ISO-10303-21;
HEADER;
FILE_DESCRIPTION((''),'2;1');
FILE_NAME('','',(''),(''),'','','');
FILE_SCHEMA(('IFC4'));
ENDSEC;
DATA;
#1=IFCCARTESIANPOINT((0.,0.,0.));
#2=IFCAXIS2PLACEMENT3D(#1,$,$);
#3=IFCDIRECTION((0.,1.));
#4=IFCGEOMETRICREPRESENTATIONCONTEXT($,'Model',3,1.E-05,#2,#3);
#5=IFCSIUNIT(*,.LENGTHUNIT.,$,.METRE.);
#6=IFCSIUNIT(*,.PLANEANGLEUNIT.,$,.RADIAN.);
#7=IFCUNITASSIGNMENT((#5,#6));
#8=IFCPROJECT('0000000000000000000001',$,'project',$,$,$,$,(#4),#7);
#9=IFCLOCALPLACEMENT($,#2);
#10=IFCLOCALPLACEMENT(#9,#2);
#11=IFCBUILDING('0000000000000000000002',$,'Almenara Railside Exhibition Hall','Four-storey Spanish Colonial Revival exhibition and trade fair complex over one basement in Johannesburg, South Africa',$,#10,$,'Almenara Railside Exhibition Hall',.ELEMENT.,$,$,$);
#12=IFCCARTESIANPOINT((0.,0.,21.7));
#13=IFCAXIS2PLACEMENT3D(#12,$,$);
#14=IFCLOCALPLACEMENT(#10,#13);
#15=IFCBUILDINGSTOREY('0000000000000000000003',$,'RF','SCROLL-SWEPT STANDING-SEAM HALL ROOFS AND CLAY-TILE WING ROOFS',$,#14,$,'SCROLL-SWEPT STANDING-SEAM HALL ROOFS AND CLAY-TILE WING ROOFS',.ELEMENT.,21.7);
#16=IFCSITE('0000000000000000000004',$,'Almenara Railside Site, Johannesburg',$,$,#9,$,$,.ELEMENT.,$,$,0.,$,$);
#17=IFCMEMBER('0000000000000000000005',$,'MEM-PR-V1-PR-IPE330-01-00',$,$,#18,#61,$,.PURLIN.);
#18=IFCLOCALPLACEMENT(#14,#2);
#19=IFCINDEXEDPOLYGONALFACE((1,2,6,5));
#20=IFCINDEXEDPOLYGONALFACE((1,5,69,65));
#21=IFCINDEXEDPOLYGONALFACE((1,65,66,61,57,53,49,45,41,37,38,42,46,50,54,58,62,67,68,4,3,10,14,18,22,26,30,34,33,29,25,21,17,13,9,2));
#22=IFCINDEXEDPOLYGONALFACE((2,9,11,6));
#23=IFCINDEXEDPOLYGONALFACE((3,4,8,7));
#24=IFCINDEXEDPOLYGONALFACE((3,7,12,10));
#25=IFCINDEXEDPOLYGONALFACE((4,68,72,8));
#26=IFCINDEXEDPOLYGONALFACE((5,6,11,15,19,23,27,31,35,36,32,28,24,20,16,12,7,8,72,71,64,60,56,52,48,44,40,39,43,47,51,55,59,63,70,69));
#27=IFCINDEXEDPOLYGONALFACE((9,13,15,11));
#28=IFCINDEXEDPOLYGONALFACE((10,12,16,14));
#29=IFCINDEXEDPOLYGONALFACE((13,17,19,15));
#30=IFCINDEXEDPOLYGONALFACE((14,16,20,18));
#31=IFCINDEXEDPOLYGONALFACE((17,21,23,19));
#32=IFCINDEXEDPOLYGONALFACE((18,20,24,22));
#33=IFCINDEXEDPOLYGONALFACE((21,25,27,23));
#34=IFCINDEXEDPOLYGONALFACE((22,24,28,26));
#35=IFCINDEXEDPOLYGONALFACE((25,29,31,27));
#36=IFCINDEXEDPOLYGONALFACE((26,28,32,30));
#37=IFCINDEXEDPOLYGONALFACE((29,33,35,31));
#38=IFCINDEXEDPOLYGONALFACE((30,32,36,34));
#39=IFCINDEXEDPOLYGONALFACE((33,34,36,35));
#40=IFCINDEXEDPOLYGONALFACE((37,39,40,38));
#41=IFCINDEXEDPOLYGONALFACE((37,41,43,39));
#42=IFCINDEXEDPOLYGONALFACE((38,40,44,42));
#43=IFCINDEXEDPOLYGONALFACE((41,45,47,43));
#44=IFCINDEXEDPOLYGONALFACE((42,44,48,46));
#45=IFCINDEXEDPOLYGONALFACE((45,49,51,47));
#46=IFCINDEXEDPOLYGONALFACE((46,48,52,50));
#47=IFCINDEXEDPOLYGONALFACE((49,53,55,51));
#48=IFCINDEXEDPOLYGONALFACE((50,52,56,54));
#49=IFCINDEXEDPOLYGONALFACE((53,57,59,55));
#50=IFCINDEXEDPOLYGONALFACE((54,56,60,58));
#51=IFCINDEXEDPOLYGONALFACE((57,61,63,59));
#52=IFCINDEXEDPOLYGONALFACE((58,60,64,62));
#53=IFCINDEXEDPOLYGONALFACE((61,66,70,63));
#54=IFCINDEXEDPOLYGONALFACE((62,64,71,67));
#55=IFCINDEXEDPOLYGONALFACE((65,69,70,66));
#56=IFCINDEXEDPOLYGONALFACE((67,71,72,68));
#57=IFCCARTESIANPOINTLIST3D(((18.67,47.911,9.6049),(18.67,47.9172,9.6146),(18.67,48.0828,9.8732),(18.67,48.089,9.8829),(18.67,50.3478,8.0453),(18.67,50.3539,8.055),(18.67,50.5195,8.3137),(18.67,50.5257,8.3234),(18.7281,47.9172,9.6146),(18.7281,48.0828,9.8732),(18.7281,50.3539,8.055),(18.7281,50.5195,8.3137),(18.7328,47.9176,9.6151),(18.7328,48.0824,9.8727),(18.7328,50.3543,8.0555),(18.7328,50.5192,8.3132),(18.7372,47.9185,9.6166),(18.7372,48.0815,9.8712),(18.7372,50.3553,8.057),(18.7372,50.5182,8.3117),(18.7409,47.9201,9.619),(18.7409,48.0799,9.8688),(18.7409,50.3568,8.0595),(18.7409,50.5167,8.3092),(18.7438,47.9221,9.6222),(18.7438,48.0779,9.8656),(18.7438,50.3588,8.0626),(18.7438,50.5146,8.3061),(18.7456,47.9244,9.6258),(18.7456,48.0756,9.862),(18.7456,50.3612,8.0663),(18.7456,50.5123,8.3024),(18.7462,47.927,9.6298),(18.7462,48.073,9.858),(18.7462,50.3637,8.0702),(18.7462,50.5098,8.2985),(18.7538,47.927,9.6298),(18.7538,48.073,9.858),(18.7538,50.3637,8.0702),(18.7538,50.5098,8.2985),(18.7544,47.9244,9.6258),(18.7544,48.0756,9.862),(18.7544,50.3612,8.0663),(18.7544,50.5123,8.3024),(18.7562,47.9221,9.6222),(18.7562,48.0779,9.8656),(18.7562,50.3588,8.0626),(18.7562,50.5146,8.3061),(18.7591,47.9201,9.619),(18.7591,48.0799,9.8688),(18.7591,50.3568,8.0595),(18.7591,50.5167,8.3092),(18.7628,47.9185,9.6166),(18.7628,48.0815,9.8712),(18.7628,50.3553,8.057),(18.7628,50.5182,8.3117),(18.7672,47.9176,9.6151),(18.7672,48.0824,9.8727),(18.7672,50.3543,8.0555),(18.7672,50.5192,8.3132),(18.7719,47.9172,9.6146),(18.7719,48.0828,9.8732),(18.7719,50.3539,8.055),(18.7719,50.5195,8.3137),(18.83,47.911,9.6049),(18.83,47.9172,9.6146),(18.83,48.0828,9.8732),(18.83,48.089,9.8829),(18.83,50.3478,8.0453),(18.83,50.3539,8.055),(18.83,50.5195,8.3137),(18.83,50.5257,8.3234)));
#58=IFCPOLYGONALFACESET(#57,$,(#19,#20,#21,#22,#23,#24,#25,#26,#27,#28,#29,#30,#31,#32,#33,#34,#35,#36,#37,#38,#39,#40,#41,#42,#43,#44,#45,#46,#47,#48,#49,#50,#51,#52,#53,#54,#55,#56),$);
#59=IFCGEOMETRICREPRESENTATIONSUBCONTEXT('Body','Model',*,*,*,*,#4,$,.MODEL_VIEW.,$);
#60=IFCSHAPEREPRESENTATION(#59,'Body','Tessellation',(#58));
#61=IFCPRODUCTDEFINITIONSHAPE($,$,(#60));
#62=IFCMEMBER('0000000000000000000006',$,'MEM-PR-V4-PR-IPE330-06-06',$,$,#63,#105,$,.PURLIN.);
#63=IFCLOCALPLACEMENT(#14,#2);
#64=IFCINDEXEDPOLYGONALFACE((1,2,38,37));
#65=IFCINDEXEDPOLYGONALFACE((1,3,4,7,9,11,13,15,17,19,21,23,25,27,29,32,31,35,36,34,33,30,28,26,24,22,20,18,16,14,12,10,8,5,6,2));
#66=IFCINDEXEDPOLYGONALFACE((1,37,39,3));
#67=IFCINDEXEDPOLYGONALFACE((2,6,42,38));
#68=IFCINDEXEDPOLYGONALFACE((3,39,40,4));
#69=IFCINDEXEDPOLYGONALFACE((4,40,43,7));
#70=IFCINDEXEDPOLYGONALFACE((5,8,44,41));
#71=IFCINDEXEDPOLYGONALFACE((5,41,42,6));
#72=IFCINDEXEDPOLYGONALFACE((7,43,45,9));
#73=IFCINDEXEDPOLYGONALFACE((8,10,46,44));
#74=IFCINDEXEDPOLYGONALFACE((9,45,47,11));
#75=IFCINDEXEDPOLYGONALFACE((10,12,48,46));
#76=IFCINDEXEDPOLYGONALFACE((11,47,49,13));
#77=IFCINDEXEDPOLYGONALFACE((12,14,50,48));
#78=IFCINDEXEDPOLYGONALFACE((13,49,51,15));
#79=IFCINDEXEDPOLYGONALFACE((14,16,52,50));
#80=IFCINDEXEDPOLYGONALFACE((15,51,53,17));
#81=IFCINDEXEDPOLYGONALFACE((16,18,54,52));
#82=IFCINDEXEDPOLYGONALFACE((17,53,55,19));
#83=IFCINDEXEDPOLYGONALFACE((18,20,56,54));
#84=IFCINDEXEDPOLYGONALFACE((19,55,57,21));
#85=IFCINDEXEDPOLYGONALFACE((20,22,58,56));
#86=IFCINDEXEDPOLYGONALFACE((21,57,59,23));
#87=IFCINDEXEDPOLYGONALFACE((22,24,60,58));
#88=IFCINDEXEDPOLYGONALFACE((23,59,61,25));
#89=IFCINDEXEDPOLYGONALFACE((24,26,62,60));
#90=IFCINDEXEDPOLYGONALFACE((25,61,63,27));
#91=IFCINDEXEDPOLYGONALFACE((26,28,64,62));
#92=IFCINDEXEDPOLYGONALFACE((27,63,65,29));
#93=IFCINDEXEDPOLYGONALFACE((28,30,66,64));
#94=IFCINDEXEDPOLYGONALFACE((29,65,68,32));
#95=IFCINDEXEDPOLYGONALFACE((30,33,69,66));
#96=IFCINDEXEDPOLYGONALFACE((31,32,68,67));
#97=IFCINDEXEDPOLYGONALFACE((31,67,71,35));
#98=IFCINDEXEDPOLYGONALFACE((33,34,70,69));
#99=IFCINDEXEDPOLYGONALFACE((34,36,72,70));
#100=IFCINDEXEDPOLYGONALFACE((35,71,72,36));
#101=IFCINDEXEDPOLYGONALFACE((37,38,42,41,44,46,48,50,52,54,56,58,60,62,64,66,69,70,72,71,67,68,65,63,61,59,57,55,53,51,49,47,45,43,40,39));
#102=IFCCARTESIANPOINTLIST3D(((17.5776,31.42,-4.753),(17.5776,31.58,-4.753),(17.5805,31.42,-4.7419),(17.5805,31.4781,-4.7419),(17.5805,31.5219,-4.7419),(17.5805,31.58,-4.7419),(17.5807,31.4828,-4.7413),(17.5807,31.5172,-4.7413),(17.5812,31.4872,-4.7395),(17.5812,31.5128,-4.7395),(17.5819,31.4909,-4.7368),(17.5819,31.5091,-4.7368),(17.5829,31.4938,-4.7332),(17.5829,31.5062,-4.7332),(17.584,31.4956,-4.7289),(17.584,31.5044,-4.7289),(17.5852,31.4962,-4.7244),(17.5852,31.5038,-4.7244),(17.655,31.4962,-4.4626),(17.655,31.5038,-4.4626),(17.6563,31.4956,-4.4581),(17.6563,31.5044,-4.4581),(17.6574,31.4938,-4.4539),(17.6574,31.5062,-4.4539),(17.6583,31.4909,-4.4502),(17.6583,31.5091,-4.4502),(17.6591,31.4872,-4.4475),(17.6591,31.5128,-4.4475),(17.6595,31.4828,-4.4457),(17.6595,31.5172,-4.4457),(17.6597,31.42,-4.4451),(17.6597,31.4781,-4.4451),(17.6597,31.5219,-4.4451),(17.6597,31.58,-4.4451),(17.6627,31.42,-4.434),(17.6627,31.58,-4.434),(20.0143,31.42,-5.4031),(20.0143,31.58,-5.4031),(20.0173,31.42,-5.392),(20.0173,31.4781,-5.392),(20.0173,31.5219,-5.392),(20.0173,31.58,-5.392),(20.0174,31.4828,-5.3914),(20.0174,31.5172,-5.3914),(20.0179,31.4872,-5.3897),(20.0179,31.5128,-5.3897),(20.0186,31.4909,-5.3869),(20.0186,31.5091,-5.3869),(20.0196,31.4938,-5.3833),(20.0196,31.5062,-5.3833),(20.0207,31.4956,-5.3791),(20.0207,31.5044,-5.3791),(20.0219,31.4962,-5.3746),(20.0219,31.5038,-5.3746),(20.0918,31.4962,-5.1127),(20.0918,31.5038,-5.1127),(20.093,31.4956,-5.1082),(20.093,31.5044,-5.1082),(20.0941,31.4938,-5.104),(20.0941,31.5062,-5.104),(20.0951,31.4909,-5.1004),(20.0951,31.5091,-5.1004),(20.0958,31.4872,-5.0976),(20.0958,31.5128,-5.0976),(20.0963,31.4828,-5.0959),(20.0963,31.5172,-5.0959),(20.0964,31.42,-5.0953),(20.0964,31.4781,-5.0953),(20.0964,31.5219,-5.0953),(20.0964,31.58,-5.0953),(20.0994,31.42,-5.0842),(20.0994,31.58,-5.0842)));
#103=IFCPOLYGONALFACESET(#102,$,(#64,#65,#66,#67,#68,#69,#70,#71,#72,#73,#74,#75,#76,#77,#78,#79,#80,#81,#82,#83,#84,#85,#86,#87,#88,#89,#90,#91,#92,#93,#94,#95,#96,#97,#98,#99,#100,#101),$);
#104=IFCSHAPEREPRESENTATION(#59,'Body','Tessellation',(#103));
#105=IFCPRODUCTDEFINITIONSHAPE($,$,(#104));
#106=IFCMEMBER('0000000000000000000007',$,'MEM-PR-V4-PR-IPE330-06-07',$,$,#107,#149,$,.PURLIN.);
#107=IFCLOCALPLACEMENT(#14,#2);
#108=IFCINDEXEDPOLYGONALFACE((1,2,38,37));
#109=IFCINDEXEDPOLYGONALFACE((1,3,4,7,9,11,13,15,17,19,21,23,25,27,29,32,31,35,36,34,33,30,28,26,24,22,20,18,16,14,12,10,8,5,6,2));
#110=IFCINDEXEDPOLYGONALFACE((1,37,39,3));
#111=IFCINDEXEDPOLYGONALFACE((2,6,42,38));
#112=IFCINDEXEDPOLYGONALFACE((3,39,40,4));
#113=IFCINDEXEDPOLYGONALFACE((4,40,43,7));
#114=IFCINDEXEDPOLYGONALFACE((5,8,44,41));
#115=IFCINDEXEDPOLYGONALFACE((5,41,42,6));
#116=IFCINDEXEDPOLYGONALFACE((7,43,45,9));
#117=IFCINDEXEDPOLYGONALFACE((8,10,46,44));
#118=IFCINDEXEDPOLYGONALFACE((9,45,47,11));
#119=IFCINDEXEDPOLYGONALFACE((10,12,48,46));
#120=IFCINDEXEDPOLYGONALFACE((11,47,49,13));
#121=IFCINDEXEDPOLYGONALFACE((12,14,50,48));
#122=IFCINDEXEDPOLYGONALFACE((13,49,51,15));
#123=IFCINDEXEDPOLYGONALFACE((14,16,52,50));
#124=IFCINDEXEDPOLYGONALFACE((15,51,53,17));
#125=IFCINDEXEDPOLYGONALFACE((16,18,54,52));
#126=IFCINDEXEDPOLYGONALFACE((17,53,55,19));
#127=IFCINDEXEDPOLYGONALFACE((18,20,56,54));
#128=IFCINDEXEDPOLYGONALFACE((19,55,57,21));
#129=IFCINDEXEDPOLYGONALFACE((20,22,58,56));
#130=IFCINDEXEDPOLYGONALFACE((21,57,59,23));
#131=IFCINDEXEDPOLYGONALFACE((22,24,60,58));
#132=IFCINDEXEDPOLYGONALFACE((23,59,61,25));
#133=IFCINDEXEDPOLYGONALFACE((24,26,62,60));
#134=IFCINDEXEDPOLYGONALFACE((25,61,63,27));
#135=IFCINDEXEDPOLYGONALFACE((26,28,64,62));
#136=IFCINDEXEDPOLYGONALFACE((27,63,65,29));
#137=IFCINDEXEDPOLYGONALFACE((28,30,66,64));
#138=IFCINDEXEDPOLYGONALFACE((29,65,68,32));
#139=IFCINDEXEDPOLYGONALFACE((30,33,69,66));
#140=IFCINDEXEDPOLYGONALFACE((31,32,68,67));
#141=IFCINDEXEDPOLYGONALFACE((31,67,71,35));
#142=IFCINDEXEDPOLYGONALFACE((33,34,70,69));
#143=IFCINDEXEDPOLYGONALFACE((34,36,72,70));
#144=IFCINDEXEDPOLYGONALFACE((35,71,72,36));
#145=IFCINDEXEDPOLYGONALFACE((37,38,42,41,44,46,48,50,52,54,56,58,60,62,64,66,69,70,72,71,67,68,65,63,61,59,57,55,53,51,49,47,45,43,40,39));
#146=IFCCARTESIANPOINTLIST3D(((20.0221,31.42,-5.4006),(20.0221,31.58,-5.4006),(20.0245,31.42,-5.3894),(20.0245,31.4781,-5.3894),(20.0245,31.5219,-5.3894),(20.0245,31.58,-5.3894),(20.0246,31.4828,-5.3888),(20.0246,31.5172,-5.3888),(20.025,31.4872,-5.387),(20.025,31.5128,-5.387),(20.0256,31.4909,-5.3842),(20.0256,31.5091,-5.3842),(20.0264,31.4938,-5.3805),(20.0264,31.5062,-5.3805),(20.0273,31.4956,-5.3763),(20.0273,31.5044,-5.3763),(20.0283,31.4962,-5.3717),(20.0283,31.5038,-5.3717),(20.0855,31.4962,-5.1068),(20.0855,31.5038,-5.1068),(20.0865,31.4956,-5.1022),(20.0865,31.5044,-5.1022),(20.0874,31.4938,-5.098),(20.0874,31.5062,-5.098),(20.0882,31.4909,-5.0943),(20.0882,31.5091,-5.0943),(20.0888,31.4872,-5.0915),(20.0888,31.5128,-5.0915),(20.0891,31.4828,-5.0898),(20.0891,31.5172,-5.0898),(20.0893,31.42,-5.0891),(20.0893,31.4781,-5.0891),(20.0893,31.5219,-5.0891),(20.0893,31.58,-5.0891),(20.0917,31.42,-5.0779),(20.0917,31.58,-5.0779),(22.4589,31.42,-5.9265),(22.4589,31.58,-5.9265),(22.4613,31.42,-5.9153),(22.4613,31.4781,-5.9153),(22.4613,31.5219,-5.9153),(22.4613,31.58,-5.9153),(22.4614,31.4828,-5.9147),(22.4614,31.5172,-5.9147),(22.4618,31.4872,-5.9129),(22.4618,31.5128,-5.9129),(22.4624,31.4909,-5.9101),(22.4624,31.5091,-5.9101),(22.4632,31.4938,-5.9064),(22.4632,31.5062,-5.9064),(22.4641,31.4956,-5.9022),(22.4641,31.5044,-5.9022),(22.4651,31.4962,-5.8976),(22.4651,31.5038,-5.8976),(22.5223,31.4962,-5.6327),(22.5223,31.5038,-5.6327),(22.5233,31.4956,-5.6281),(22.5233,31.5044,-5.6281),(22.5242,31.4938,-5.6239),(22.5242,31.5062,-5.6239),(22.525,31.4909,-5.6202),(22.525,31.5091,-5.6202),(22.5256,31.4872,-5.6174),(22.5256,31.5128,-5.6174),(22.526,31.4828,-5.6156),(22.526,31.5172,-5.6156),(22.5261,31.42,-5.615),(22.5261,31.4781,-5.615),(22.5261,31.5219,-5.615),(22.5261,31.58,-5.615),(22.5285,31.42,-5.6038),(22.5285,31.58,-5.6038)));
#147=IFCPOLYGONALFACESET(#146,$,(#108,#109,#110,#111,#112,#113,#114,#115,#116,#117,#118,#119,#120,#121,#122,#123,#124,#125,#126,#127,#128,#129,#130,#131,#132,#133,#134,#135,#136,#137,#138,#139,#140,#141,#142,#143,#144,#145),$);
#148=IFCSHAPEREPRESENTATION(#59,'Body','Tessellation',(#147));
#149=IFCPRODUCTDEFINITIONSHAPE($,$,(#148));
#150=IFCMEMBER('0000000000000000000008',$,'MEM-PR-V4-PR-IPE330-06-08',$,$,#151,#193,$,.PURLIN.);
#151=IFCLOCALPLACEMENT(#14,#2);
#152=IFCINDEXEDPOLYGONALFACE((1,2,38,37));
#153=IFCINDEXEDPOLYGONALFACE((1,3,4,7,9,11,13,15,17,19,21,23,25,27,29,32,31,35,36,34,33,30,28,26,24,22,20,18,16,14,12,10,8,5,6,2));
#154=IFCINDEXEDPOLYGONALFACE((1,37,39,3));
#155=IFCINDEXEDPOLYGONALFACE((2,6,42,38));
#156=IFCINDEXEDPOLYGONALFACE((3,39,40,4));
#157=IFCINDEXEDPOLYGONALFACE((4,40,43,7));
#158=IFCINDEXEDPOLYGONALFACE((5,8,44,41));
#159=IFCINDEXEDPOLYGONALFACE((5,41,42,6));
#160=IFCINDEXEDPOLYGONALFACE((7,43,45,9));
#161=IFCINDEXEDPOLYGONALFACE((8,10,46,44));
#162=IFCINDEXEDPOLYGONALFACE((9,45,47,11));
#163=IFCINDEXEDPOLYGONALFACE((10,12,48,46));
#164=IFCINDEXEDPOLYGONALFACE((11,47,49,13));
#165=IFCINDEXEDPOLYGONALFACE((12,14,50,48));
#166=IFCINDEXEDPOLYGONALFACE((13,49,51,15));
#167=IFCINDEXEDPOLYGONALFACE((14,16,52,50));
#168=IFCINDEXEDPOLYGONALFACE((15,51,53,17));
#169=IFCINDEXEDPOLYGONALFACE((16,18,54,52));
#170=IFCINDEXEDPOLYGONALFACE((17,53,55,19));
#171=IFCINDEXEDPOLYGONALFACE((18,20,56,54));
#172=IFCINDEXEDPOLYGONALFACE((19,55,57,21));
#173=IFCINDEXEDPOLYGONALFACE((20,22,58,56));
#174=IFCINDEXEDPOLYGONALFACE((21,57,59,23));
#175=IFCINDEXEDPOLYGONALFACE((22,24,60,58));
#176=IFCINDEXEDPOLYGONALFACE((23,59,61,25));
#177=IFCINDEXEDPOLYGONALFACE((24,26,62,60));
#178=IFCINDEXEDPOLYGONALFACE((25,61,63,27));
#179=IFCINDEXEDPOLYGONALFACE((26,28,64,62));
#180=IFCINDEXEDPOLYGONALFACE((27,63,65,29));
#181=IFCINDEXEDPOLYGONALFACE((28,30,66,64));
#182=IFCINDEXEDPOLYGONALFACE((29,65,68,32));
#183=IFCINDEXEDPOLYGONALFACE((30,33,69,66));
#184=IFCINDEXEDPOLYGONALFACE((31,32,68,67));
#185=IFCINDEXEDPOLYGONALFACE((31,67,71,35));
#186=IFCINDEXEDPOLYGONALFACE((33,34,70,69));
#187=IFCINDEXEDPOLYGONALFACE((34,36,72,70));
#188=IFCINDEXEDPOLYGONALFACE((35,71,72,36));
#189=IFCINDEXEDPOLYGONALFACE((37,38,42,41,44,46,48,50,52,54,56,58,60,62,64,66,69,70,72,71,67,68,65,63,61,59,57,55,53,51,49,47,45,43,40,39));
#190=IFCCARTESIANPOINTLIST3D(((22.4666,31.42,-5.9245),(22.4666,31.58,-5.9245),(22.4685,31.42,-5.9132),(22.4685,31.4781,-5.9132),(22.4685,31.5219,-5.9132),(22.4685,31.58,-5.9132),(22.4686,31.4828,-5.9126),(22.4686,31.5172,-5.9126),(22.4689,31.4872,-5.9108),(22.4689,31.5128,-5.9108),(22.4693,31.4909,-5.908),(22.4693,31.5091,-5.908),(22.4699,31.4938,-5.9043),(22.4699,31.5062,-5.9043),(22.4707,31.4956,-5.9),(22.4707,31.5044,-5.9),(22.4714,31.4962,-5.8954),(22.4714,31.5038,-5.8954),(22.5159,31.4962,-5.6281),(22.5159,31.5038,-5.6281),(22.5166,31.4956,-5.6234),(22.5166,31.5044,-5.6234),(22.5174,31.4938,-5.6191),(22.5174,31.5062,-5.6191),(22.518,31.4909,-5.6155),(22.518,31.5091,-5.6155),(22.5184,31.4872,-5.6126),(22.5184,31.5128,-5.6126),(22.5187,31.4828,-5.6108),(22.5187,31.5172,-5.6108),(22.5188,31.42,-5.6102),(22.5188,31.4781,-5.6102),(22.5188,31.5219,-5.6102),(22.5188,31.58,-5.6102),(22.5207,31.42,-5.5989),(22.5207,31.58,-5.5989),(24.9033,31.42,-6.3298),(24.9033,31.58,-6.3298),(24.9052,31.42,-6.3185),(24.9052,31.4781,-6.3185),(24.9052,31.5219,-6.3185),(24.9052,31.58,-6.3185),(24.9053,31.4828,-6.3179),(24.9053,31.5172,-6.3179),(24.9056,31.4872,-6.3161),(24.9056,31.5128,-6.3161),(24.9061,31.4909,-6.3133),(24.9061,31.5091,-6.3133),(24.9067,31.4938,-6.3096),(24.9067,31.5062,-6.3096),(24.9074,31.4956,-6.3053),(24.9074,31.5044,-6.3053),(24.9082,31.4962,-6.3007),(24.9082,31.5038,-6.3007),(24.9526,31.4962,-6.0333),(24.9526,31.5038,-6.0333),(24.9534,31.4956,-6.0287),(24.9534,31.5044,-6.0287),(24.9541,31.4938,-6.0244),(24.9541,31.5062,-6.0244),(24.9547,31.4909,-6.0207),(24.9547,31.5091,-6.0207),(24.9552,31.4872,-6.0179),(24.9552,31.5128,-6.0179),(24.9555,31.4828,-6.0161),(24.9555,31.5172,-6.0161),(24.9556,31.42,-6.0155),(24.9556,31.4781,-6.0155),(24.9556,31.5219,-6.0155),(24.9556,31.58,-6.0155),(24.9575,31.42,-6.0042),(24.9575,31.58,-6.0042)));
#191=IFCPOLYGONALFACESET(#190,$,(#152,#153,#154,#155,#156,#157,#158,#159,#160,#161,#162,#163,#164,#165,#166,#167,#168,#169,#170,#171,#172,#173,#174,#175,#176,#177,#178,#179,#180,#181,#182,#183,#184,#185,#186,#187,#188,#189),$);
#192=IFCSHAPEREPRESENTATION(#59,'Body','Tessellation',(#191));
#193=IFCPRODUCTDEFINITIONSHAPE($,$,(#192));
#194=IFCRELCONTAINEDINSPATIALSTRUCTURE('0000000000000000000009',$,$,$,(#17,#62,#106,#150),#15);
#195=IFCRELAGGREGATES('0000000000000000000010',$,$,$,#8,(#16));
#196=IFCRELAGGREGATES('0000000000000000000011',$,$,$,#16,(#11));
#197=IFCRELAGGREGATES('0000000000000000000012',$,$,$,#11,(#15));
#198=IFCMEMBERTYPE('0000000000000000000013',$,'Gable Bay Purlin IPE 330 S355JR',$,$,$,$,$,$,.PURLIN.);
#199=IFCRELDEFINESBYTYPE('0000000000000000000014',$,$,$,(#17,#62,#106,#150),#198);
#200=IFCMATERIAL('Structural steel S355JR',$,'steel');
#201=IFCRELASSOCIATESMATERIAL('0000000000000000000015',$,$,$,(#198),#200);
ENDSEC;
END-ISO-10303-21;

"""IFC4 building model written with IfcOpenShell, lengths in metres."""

from ifc_helpers import new_model, si_unit, direction, frame, origin, origin_2d, place, context, subcontext, project, spatial, i_section, extrude, material, material_profile, profile_set, type_object, element, save


model = new_model("IFC4")

# Units and contexts
model_context = context("Model", 3, precision=1e-05, world=origin(), true_north=direction((0.0, 1.0)))
body_context = subcontext(model_context, "Body", "Model", "MODEL_VIEW")
ifc_project = project(units=[si_unit("LENGTHUNIT", "METRE"), si_unit("PLANEANGLEUNIT", "RADIAN")], contexts=[model_context])

# Site, building, storey
site_placement = place(None, origin())
site = spatial("IfcSite", under=ifc_project, at=site_placement, Name="Almenara Railside Site, Johannesburg", CompositionType="ELEMENT", RefElevation=0.0)
building_placement = place(site_placement, origin())
building = spatial("IfcBuilding", under=site, at=building_placement, Name="Almenara Railside Exhibition Hall", Description="Four-storey Spanish Colonial Revival exhibition and trade fair complex over one basement in Johannesburg, South Africa", LongName="Almenara Railside Exhibition Hall", CompositionType="ELEMENT")
storey_placement = place(building_placement, frame((0.0, 0.0, 21.7)))
storey = spatial("IfcBuildingStorey", under=building, at=storey_placement, Name="RF", Description="SCROLL-SWEPT STANDING-SEAM HALL ROOFS AND CLAY-TILE WING ROOFS", LongName="SCROLL-SWEPT STANDING-SEAM HALL ROOFS AND CLAY-TILE WING ROOFS", CompositionType="ELEMENT", Elevation=21.7)

# Members
ifc_material_1 = material(Name="Structural steel S355JR", Category="steel")
ifc_material_profile_1 = material_profile(ifc_material_1, i_section(OverallWidth=0.1599, OverallDepth=0.3301, WebThickness=0.0076, FlangeThickness=0.0115, FilletRadius=0.0181, at=origin_2d()), Name="IPE 330")
ifc_profile_set_1 = profile_set([ifc_material_profile_1], Name="Structural steel S355JR")
member_type_1 = type_object("IfcMemberType", Name="Gable Bay Purlin IPE 330 S355JR", PredefinedType="PURLIN", material=ifc_profile_set_1)
member_1_placement = place(storey_placement, frame((18.75, 48.0, 9.7439), z_axis=(0.0, 0.842265, -0.539063), x_axis=(-1.0, 0.0, 0.0)))
element("IfcMember", 1, at=member_1_placement, inside=storey, type_object=member_type_1, Name="MEM-PR-V1-PR-IPE330-01-00", PredefinedType="PURLIN", context=body_context, shape_type="SweptSolid", body=[
    extrude(i_section(OverallWidth=0.1599, OverallDepth=0.3301, WebThickness=0.0076, FlangeThickness=0.0115, FilletRadius=0.0181, at=origin_2d()), origin(), (0.0, 0.0, 1.0), 2.8931),
])
member_2_placement = place(storey_placement, frame((17.6201, 31.5, -4.5935), z_axis=(0.966201, 0.0, -0.257789), x_axis=(0.0, 1.0, 0.0)))
element("IfcMember", 2, at=member_2_placement, inside=storey, type_object=member_type_1, Name="MEM-PR-V4-PR-IPE330-06-06", PredefinedType="PURLIN", context=body_context, shape_type="SweptSolid", body=[
    extrude(i_section(OverallWidth=0.1599, OverallDepth=0.3301, WebThickness=0.0076, FlangeThickness=0.0115, FilletRadius=0.0181, at=origin_2d()), origin(), (0.0, 0.0, 1.0), 2.522),
])
member_3_placement = place(storey_placement, frame((20.0569, 31.5, -5.2393), z_axis=(0.977496, 0.0, -0.210953), x_axis=(0.0, 1.0, 0.0)))
element("IfcMember", 3, at=member_3_placement, inside=storey, type_object=member_type_1, Name="MEM-PR-V4-PR-IPE330-06-07", PredefinedType="PURLIN", context=body_context, shape_type="SweptSolid", body=[
    extrude(i_section(OverallWidth=0.1599, OverallDepth=0.3301, WebThickness=0.0076, FlangeThickness=0.0115, FilletRadius=0.0181, at=origin_2d()), origin(), (0.0, 0.0, 1.0), 2.4929),
])
member_4_placement = place(storey_placement, frame((22.4937, 31.5, -5.7617), z_axis=(0.98645, 0.0, -0.164062), x_axis=(0.0, 1.0, 0.0)))
element("IfcMember", 4, at=member_4_placement, inside=storey, type_object=member_type_1, Name="MEM-PR-V4-PR-IPE330-06-08", PredefinedType="PURLIN", context=body_context, shape_type="SweptSolid", body=[
    extrude(i_section(OverallWidth=0.1599, OverallDepth=0.3301, WebThickness=0.0076, FlangeThickness=0.0115, FilletRadius=0.0181, at=origin_2d()), origin(), (0.0, 0.0, 1.0), 2.4702),
])

save(model, "model.ifc")
